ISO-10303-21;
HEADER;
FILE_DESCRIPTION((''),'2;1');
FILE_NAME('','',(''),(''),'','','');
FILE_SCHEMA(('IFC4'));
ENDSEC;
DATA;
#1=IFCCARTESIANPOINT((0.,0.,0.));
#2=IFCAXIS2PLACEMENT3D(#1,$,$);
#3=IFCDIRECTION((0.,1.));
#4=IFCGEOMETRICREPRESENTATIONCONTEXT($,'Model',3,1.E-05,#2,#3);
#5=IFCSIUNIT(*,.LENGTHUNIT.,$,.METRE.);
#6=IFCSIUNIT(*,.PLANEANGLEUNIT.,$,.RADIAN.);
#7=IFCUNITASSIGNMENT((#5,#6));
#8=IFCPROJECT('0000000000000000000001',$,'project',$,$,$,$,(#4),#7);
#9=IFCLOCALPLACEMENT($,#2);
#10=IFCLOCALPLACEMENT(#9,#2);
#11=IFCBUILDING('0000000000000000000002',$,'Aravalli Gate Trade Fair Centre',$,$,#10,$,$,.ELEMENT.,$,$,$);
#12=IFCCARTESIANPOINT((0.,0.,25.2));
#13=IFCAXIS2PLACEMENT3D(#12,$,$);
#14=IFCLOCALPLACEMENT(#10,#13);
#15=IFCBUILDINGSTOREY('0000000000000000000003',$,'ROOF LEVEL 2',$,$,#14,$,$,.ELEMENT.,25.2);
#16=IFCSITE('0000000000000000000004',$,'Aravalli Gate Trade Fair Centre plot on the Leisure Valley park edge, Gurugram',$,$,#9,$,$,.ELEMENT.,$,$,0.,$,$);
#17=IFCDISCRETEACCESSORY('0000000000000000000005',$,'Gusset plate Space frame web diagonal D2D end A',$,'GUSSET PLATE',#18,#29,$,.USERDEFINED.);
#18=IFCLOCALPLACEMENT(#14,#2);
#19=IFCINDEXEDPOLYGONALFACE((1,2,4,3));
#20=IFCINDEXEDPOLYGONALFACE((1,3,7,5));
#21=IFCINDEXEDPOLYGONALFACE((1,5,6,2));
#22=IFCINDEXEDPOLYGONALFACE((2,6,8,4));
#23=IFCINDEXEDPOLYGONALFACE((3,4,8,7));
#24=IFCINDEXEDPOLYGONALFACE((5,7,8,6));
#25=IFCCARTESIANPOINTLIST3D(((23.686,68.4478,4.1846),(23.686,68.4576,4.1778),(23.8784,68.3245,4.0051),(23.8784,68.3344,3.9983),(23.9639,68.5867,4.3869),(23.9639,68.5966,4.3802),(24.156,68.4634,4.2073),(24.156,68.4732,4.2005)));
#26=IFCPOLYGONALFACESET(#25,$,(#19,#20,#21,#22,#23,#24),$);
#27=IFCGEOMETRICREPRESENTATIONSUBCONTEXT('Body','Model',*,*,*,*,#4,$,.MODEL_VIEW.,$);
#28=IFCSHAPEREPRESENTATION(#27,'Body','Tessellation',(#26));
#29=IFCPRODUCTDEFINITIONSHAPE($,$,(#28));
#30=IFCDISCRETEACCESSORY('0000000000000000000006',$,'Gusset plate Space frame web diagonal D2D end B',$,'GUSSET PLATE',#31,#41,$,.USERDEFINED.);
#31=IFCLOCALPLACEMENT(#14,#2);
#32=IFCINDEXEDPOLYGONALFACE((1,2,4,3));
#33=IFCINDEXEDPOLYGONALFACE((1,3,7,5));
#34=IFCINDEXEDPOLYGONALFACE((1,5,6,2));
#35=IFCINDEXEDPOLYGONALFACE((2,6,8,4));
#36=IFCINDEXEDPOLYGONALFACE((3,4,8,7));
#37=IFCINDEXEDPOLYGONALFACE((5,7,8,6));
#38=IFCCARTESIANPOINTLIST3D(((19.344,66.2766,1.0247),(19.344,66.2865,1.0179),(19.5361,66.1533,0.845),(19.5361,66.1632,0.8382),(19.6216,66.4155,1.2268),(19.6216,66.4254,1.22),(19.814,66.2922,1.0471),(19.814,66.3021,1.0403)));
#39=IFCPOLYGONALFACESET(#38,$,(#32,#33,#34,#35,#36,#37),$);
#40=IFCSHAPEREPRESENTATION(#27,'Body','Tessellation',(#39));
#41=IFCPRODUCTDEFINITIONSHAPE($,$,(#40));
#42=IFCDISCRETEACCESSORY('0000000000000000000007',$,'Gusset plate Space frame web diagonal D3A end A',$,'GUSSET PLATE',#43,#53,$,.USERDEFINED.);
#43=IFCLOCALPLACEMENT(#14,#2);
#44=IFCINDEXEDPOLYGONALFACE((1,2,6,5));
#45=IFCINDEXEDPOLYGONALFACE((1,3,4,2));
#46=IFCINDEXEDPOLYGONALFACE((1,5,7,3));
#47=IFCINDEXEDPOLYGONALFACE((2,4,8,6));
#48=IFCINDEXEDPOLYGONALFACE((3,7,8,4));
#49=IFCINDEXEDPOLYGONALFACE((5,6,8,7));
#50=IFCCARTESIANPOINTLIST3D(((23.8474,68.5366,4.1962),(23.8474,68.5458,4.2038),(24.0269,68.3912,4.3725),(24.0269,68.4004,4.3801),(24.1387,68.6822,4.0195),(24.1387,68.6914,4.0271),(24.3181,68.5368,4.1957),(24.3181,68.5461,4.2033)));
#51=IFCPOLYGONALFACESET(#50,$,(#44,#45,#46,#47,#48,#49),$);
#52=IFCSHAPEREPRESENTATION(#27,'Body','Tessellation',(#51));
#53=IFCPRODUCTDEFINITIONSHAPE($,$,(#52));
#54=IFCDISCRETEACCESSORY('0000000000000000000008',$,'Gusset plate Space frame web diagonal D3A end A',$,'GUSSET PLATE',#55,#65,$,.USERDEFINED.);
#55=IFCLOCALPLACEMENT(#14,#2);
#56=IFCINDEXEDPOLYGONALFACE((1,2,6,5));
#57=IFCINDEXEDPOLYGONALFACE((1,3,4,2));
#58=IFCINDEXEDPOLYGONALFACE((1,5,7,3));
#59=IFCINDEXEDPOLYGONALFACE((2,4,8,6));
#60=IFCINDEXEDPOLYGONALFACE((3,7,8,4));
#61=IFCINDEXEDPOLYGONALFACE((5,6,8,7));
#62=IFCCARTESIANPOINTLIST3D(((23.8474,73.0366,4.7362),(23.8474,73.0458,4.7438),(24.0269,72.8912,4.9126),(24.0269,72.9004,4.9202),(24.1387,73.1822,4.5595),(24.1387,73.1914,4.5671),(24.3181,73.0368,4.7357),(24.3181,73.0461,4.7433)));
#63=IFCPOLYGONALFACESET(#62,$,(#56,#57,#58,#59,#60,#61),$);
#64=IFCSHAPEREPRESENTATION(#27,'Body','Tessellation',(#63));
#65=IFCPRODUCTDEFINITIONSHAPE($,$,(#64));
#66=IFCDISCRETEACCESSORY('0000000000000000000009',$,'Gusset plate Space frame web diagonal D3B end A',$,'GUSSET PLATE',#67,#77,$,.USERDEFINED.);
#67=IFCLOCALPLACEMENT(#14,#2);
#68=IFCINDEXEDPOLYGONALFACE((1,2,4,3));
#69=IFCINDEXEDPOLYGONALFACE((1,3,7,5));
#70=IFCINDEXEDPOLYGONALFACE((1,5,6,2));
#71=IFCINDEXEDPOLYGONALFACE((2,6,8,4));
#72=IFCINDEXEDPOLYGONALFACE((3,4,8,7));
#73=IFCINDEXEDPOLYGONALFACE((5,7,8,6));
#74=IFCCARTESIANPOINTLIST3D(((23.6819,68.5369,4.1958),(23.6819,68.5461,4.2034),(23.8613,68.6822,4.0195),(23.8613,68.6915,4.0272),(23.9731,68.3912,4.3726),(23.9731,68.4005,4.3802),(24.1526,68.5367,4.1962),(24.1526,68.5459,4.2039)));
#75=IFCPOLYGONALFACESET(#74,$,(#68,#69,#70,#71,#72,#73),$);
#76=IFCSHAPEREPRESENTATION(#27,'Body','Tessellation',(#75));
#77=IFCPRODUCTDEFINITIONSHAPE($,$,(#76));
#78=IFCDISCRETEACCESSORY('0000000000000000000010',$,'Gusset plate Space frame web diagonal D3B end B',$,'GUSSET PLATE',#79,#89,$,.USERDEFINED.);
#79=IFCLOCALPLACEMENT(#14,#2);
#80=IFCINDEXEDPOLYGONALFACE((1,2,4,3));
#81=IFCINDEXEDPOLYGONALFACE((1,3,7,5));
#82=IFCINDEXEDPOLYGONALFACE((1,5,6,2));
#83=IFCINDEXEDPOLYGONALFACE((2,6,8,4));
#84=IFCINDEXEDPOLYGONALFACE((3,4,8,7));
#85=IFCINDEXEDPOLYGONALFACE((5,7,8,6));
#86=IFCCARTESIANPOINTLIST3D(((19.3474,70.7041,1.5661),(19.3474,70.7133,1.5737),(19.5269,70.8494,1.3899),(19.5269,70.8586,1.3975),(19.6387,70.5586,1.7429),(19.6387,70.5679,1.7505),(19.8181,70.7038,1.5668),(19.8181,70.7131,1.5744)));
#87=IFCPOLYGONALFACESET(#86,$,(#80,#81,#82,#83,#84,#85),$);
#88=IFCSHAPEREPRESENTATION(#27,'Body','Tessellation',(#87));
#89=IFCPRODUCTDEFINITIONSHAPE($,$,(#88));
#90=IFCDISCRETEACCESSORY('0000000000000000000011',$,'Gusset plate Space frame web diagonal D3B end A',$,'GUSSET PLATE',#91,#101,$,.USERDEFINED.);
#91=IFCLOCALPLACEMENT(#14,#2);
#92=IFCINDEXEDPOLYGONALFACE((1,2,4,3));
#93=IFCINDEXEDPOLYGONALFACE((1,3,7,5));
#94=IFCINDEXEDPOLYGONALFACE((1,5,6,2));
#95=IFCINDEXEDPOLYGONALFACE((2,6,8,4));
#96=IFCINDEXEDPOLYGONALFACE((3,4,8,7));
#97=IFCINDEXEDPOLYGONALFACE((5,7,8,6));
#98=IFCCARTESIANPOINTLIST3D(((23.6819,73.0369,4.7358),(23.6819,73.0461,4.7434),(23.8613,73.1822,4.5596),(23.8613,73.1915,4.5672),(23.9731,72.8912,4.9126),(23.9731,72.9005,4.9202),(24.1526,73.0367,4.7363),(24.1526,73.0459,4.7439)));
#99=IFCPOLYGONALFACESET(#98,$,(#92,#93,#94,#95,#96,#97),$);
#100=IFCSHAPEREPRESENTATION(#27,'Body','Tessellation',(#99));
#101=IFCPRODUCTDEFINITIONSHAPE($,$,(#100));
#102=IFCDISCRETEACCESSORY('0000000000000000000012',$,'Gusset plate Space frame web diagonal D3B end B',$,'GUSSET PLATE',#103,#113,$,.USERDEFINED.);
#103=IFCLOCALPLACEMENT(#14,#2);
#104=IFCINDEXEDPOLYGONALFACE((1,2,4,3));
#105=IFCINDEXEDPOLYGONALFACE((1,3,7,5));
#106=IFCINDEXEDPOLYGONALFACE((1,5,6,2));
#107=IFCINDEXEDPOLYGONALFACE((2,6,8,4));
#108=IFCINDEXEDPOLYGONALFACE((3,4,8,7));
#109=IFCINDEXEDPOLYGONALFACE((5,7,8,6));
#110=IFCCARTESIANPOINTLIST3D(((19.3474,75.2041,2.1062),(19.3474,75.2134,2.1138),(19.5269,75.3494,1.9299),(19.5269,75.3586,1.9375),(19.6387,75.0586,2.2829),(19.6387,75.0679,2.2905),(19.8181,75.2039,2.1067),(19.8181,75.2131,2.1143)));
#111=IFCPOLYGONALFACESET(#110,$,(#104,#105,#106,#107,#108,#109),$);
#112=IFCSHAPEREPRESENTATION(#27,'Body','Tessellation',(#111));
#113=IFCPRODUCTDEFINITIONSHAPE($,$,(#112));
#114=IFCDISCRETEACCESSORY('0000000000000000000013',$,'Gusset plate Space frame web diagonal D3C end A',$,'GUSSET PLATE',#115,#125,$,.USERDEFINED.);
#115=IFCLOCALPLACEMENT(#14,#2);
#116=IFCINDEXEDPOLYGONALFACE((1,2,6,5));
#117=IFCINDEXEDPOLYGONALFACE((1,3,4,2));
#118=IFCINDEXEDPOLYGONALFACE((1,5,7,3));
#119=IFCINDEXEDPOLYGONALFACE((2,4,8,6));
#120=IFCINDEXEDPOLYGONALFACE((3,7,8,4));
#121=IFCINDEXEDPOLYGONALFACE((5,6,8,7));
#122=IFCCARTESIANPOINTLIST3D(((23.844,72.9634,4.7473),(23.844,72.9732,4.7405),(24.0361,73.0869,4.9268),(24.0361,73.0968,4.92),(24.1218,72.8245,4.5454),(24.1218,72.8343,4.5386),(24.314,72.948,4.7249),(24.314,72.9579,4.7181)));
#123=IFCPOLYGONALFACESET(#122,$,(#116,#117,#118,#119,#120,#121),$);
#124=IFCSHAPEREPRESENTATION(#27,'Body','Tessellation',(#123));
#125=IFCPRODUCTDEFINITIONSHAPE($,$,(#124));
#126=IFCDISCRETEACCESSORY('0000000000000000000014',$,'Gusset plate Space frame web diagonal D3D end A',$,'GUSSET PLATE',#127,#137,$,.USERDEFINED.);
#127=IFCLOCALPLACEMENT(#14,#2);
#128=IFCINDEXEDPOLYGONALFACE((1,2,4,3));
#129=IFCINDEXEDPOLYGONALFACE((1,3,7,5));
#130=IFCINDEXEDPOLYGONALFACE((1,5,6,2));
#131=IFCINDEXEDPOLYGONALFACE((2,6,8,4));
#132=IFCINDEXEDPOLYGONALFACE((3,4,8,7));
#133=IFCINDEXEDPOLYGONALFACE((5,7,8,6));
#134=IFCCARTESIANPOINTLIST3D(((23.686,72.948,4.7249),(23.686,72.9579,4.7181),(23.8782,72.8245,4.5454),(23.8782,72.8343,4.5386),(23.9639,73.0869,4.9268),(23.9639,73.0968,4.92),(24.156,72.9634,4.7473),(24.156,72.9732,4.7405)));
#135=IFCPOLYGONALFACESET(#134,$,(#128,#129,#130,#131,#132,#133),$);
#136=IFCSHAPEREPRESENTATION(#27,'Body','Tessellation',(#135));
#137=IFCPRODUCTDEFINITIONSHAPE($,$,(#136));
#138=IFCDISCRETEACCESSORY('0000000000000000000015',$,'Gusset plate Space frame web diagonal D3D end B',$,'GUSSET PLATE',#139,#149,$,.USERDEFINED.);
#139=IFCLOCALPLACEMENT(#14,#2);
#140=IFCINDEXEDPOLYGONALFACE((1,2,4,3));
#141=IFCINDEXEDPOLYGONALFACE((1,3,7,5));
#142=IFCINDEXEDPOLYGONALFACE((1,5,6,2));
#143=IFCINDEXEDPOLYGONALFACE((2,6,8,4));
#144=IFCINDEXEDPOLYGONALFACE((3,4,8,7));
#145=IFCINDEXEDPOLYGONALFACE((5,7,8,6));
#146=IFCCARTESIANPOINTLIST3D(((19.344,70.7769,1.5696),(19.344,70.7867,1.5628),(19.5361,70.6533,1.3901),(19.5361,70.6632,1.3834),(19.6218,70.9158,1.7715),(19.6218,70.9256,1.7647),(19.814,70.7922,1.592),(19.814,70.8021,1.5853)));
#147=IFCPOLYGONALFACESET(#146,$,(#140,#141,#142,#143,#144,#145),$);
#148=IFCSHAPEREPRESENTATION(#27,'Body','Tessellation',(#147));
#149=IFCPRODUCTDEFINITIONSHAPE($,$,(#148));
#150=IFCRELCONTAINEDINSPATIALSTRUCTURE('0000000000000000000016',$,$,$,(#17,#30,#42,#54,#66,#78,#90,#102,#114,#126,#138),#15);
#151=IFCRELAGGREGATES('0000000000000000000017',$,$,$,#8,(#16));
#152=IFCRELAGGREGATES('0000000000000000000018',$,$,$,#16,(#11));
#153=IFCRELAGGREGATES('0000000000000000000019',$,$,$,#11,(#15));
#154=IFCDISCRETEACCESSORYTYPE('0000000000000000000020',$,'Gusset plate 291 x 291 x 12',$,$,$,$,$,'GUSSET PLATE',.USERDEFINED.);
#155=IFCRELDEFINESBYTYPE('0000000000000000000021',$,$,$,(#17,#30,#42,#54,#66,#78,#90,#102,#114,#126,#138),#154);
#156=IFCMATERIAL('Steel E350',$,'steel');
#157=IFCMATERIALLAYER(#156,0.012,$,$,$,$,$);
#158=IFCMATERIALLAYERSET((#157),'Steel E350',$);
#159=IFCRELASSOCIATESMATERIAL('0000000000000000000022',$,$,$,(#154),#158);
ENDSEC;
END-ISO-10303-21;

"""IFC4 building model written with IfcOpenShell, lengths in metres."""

from ifc_helpers import new_model, si_unit, direction, frame, origin, place, context, subcontext, project, spatial, polyline, outline, extrude, material, layer, layer_set, type_object, element, save


model = new_model("IFC4")

# Units and contexts
model_context = context("Model", 3, precision=1e-05, world=origin(), true_north=direction((0.0, 1.0)))
body_context = subcontext(model_context, "Body", "Model", "MODEL_VIEW")
ifc_project = project(units=[si_unit("LENGTHUNIT", "METRE"), si_unit("PLANEANGLEUNIT", "RADIAN")], contexts=[model_context])

# Site, building, storey
site_placement = place(None, origin())
site = spatial("IfcSite", under=ifc_project, at=site_placement, Name="Aravalli Gate Trade Fair Centre plot on the Leisure Valley park edge, Gurugram", CompositionType="ELEMENT", RefElevation=0.0)
building_placement = place(site_placement, origin())
building = spatial("IfcBuilding", under=site, at=building_placement, Name="Aravalli Gate Trade Fair Centre", CompositionType="ELEMENT")
storey_placement = place(building_placement, frame((0.0, 0.0, 25.2)))
storey = spatial("IfcBuildingStorey", under=building, at=storey_placement, Name="ROOF LEVEL 2", CompositionType="ELEMENT", Elevation=25.2)

# Shared definitions
ifc_material_1 = material(Name="Steel E350", Category="steel")

# Discrete accessories
ifc_layer_1 = layer(ifc_material_1, 0.012)
ifc_layer_set_1 = layer_set([ifc_layer_1], Name="Steel E350")
discrete_accessory_type = type_object("IfcDiscreteAccessoryType", Name="Gusset plate 291 x 291 x 12", ElementType="GUSSET PLATE", PredefinedType="USERDEFINED", material=ifc_layer_set_1)
discrete_accessory_1_placement = place(storey_placement, frame((23.686, 68.4478, 4.1846), z_axis=(0.000059, -0.824356, 0.566072), x_axis=(0.749391, 0.374849, 0.545804)))
element("IfcDiscreteAccessory", 1, at=discrete_accessory_1_placement, inside=storey, type_object=discrete_accessory_type, Name="Gusset plate Space frame web diagonal D2D end A", ObjectType="GUSSET PLATE", PredefinedType="USERDEFINED", context=body_context, shape_type="SweptSolid", body=[
    extrude(outline(polyline([(0.0, 0.0), (0.3707, 0.0), (0.3704, -0.2905), (0.0, -0.2905), (0.0, 0.0)])), origin(), (0.0, 0.0, -1.0), 0.012),
])
discrete_accessory_2_placement = place(storey_placement, frame((19.6216, 66.4155, 1.2268), z_axis=(0.000356, -0.824387, 0.566027), x_axis=(-0.749371, -0.375015, -0.545716)))
element("IfcDiscreteAccessory", 2, at=discrete_accessory_2_placement, inside=storey, type_object=discrete_accessory_type, Name="Gusset plate Space frame web diagonal D2D end B", ObjectType="GUSSET PLATE", PredefinedType="USERDEFINED", context=body_context, shape_type="SweptSolid", body=[
    extrude(outline(polyline([(0.0, 0.0), (0.3704, 0.0), (0.3707, 0.2905), (0.0001, 0.2907), (0.0, 0.0)])), origin(), (0.0, 0.0, -1.0), 0.012),
])
for number, where, z_axis, x_axis, name in (
    (3, (24.1387, 68.6914, 4.0271), (0.00026, 0.771582, 0.63613), (-0.78619, -0.392962, 0.476956), "Gusset plate Space frame web diagonal D3A end A"),
    (4, (24.1387, 73.1914, 4.5671), (0.00026, 0.771582, 0.63613), (-0.78619, -0.392962, 0.476956), "Gusset plate Space frame web diagonal D3A end A"),
):
    element("IfcDiscreteAccessory", number, at=place(storey_placement, frame(where, z_axis=z_axis, x_axis=x_axis)), inside=storey, type_object=discrete_accessory_type, Name=name, ObjectType="GUSSET PLATE", PredefinedType="USERDEFINED", context=body_context, shape_type="SweptSolid", body=[
        extrude(outline(polyline([(0.0, 0.0), (0.3705, 0.0), (0.3706, 0.2906), (0.0001, 0.2905), (0.0, 0.0)])), origin(), (0.0, 0.0, -1.0), 0.012),
    ])
discrete_accessory_3_placement = place(storey_placement, frame((23.6819, 68.5461, 4.2034), z_axis=(-0.00026, 0.771582, 0.63613), x_axis=(0.785986, -0.393126, 0.477156)))
element("IfcDiscreteAccessory", 5, at=discrete_accessory_3_placement, inside=storey, type_object=discrete_accessory_type, Name="Gusset plate Space frame web diagonal D3B end A", ObjectType="GUSSET PLATE", PredefinedType="USERDEFINED", context=body_context, shape_type="SweptSolid", body=[
    extrude(outline(polyline([(0.0, 0.0), (0.3706, 0.0), (0.3703, 0.2906), (-0.0002, 0.2905), (0.0, 0.0)])), origin(), (0.0, 0.0, -1.0), 0.012),
])
discrete_accessory_4_placement = place(storey_placement, frame((19.6387, 70.5679, 1.7505), z_axis=(-0.000589, 0.771792, 0.635874), x_axis=(-0.78619, 0.392604, -0.477251)))
element("IfcDiscreteAccessory", 6, at=discrete_accessory_4_placement, inside=storey, type_object=discrete_accessory_type, Name="Gusset plate Space frame web diagonal D3B end B", ObjectType="GUSSET PLATE", PredefinedType="USERDEFINED", context=body_context, shape_type="SweptSolid", body=[
    extrude(outline(polyline([(0.0, 0.0), (0.3705, 0.0), (0.3705, -0.2905), (0.0, -0.2903), (0.0, 0.0)])), origin(), (0.0, 0.0, -1.0), 0.012),
])
discrete_accessory_5_placement = place(storey_placement, frame((23.6819, 73.0461, 4.7434), z_axis=(-0.00026, 0.771582, 0.63613), x_axis=(0.785986, -0.393126, 0.477156)))
element("IfcDiscreteAccessory", 7, at=discrete_accessory_5_placement, inside=storey, type_object=discrete_accessory_type, Name="Gusset plate Space frame web diagonal D3B end A", ObjectType="GUSSET PLATE", PredefinedType="USERDEFINED", context=body_context, shape_type="SweptSolid", body=[
    extrude(outline(polyline([(0.0, 0.0), (0.3706, 0.0), (0.3703, 0.2906), (-0.0002, 0.2905), (0.0, 0.0)])), origin(), (0.0, 0.0, -1.0), 0.012),
])
discrete_accessory_6_placement = place(storey_placement, frame((19.6387, 75.0679, 2.2905), z_axis=(-0.000259, 0.771844, 0.635812), x_axis=(-0.78619, 0.392765, -0.477118)))
element("IfcDiscreteAccessory", 8, at=discrete_accessory_6_placement, inside=storey, type_object=discrete_accessory_type, Name="Gusset plate Space frame web diagonal D3B end B", ObjectType="GUSSET PLATE", PredefinedType="USERDEFINED", context=body_context, shape_type="SweptSolid", body=[
    extrude(outline(polyline([(0.0, 0.0), (0.3705, 0.0), (0.3705, -0.2905), (0.0001, -0.2905), (0.0, 0.0)])), origin(), (0.0, 0.0, -1.0), 0.012),
])
discrete_accessory_7_placement = place(storey_placement, frame((24.1218, 72.8245, 4.5454), z_axis=(0.000137, -0.82375, 0.566952), x_axis=(-0.749929, 0.374965, 0.544984)))
element("IfcDiscreteAccessory", 9, at=discrete_accessory_7_placement, inside=storey, type_object=discrete_accessory_type, Name="Gusset plate Space frame web diagonal D3C end A", ObjectType="GUSSET PLATE", PredefinedType="USERDEFINED", context=body_context, shape_type="SweptSolid", body=[
    extrude(outline(polyline([(0.0, 0.0), (0.3705, 0.0), (0.3705, -0.2905), (0.0, -0.2905), (0.0, 0.0)])), origin(), (0.0, 0.0, -1.0), 0.012),
])
discrete_accessory_8_placement = place(storey_placement, frame((23.686, 72.948, 4.7249), z_axis=(-0.000137, -0.82375, 0.566952), x_axis=(0.749929, 0.374965, 0.544984)))
element("IfcDiscreteAccessory", 10, at=discrete_accessory_8_placement, inside=storey, type_object=discrete_accessory_type, Name="Gusset plate Space frame web diagonal D3D end A", ObjectType="GUSSET PLATE", PredefinedType="USERDEFINED", context=body_context, shape_type="SweptSolid", body=[
    extrude(outline(polyline([(0.0, 0.0), (0.3705, 0.0), (0.3705, -0.2905), (0.0, -0.2905), (0.0, 0.0)])), origin(), (0.0, 0.0, -1.0), 0.012),
])
discrete_accessory_9_placement = place(storey_placement, frame((19.6218, 70.9158, 1.7715), z_axis=(-0.000137, -0.82375, 0.566952), x_axis=(-0.749929, -0.374965, -0.544984)))
element("IfcDiscreteAccessory", 11, at=discrete_accessory_9_placement, inside=storey, type_object=discrete_accessory_type, Name="Gusset plate Space frame web diagonal D3D end B", ObjectType="GUSSET PLATE", PredefinedType="USERDEFINED", context=body_context, shape_type="SweptSolid", body=[
    extrude(outline(polyline([(0.0, 0.0), (0.3705, 0.0), (0.3705, 0.2905), (0.0, 0.2905), (0.0, 0.0)])), origin(), (0.0, 0.0, -1.0), 0.012),
])

save(model, "model.ifc")
